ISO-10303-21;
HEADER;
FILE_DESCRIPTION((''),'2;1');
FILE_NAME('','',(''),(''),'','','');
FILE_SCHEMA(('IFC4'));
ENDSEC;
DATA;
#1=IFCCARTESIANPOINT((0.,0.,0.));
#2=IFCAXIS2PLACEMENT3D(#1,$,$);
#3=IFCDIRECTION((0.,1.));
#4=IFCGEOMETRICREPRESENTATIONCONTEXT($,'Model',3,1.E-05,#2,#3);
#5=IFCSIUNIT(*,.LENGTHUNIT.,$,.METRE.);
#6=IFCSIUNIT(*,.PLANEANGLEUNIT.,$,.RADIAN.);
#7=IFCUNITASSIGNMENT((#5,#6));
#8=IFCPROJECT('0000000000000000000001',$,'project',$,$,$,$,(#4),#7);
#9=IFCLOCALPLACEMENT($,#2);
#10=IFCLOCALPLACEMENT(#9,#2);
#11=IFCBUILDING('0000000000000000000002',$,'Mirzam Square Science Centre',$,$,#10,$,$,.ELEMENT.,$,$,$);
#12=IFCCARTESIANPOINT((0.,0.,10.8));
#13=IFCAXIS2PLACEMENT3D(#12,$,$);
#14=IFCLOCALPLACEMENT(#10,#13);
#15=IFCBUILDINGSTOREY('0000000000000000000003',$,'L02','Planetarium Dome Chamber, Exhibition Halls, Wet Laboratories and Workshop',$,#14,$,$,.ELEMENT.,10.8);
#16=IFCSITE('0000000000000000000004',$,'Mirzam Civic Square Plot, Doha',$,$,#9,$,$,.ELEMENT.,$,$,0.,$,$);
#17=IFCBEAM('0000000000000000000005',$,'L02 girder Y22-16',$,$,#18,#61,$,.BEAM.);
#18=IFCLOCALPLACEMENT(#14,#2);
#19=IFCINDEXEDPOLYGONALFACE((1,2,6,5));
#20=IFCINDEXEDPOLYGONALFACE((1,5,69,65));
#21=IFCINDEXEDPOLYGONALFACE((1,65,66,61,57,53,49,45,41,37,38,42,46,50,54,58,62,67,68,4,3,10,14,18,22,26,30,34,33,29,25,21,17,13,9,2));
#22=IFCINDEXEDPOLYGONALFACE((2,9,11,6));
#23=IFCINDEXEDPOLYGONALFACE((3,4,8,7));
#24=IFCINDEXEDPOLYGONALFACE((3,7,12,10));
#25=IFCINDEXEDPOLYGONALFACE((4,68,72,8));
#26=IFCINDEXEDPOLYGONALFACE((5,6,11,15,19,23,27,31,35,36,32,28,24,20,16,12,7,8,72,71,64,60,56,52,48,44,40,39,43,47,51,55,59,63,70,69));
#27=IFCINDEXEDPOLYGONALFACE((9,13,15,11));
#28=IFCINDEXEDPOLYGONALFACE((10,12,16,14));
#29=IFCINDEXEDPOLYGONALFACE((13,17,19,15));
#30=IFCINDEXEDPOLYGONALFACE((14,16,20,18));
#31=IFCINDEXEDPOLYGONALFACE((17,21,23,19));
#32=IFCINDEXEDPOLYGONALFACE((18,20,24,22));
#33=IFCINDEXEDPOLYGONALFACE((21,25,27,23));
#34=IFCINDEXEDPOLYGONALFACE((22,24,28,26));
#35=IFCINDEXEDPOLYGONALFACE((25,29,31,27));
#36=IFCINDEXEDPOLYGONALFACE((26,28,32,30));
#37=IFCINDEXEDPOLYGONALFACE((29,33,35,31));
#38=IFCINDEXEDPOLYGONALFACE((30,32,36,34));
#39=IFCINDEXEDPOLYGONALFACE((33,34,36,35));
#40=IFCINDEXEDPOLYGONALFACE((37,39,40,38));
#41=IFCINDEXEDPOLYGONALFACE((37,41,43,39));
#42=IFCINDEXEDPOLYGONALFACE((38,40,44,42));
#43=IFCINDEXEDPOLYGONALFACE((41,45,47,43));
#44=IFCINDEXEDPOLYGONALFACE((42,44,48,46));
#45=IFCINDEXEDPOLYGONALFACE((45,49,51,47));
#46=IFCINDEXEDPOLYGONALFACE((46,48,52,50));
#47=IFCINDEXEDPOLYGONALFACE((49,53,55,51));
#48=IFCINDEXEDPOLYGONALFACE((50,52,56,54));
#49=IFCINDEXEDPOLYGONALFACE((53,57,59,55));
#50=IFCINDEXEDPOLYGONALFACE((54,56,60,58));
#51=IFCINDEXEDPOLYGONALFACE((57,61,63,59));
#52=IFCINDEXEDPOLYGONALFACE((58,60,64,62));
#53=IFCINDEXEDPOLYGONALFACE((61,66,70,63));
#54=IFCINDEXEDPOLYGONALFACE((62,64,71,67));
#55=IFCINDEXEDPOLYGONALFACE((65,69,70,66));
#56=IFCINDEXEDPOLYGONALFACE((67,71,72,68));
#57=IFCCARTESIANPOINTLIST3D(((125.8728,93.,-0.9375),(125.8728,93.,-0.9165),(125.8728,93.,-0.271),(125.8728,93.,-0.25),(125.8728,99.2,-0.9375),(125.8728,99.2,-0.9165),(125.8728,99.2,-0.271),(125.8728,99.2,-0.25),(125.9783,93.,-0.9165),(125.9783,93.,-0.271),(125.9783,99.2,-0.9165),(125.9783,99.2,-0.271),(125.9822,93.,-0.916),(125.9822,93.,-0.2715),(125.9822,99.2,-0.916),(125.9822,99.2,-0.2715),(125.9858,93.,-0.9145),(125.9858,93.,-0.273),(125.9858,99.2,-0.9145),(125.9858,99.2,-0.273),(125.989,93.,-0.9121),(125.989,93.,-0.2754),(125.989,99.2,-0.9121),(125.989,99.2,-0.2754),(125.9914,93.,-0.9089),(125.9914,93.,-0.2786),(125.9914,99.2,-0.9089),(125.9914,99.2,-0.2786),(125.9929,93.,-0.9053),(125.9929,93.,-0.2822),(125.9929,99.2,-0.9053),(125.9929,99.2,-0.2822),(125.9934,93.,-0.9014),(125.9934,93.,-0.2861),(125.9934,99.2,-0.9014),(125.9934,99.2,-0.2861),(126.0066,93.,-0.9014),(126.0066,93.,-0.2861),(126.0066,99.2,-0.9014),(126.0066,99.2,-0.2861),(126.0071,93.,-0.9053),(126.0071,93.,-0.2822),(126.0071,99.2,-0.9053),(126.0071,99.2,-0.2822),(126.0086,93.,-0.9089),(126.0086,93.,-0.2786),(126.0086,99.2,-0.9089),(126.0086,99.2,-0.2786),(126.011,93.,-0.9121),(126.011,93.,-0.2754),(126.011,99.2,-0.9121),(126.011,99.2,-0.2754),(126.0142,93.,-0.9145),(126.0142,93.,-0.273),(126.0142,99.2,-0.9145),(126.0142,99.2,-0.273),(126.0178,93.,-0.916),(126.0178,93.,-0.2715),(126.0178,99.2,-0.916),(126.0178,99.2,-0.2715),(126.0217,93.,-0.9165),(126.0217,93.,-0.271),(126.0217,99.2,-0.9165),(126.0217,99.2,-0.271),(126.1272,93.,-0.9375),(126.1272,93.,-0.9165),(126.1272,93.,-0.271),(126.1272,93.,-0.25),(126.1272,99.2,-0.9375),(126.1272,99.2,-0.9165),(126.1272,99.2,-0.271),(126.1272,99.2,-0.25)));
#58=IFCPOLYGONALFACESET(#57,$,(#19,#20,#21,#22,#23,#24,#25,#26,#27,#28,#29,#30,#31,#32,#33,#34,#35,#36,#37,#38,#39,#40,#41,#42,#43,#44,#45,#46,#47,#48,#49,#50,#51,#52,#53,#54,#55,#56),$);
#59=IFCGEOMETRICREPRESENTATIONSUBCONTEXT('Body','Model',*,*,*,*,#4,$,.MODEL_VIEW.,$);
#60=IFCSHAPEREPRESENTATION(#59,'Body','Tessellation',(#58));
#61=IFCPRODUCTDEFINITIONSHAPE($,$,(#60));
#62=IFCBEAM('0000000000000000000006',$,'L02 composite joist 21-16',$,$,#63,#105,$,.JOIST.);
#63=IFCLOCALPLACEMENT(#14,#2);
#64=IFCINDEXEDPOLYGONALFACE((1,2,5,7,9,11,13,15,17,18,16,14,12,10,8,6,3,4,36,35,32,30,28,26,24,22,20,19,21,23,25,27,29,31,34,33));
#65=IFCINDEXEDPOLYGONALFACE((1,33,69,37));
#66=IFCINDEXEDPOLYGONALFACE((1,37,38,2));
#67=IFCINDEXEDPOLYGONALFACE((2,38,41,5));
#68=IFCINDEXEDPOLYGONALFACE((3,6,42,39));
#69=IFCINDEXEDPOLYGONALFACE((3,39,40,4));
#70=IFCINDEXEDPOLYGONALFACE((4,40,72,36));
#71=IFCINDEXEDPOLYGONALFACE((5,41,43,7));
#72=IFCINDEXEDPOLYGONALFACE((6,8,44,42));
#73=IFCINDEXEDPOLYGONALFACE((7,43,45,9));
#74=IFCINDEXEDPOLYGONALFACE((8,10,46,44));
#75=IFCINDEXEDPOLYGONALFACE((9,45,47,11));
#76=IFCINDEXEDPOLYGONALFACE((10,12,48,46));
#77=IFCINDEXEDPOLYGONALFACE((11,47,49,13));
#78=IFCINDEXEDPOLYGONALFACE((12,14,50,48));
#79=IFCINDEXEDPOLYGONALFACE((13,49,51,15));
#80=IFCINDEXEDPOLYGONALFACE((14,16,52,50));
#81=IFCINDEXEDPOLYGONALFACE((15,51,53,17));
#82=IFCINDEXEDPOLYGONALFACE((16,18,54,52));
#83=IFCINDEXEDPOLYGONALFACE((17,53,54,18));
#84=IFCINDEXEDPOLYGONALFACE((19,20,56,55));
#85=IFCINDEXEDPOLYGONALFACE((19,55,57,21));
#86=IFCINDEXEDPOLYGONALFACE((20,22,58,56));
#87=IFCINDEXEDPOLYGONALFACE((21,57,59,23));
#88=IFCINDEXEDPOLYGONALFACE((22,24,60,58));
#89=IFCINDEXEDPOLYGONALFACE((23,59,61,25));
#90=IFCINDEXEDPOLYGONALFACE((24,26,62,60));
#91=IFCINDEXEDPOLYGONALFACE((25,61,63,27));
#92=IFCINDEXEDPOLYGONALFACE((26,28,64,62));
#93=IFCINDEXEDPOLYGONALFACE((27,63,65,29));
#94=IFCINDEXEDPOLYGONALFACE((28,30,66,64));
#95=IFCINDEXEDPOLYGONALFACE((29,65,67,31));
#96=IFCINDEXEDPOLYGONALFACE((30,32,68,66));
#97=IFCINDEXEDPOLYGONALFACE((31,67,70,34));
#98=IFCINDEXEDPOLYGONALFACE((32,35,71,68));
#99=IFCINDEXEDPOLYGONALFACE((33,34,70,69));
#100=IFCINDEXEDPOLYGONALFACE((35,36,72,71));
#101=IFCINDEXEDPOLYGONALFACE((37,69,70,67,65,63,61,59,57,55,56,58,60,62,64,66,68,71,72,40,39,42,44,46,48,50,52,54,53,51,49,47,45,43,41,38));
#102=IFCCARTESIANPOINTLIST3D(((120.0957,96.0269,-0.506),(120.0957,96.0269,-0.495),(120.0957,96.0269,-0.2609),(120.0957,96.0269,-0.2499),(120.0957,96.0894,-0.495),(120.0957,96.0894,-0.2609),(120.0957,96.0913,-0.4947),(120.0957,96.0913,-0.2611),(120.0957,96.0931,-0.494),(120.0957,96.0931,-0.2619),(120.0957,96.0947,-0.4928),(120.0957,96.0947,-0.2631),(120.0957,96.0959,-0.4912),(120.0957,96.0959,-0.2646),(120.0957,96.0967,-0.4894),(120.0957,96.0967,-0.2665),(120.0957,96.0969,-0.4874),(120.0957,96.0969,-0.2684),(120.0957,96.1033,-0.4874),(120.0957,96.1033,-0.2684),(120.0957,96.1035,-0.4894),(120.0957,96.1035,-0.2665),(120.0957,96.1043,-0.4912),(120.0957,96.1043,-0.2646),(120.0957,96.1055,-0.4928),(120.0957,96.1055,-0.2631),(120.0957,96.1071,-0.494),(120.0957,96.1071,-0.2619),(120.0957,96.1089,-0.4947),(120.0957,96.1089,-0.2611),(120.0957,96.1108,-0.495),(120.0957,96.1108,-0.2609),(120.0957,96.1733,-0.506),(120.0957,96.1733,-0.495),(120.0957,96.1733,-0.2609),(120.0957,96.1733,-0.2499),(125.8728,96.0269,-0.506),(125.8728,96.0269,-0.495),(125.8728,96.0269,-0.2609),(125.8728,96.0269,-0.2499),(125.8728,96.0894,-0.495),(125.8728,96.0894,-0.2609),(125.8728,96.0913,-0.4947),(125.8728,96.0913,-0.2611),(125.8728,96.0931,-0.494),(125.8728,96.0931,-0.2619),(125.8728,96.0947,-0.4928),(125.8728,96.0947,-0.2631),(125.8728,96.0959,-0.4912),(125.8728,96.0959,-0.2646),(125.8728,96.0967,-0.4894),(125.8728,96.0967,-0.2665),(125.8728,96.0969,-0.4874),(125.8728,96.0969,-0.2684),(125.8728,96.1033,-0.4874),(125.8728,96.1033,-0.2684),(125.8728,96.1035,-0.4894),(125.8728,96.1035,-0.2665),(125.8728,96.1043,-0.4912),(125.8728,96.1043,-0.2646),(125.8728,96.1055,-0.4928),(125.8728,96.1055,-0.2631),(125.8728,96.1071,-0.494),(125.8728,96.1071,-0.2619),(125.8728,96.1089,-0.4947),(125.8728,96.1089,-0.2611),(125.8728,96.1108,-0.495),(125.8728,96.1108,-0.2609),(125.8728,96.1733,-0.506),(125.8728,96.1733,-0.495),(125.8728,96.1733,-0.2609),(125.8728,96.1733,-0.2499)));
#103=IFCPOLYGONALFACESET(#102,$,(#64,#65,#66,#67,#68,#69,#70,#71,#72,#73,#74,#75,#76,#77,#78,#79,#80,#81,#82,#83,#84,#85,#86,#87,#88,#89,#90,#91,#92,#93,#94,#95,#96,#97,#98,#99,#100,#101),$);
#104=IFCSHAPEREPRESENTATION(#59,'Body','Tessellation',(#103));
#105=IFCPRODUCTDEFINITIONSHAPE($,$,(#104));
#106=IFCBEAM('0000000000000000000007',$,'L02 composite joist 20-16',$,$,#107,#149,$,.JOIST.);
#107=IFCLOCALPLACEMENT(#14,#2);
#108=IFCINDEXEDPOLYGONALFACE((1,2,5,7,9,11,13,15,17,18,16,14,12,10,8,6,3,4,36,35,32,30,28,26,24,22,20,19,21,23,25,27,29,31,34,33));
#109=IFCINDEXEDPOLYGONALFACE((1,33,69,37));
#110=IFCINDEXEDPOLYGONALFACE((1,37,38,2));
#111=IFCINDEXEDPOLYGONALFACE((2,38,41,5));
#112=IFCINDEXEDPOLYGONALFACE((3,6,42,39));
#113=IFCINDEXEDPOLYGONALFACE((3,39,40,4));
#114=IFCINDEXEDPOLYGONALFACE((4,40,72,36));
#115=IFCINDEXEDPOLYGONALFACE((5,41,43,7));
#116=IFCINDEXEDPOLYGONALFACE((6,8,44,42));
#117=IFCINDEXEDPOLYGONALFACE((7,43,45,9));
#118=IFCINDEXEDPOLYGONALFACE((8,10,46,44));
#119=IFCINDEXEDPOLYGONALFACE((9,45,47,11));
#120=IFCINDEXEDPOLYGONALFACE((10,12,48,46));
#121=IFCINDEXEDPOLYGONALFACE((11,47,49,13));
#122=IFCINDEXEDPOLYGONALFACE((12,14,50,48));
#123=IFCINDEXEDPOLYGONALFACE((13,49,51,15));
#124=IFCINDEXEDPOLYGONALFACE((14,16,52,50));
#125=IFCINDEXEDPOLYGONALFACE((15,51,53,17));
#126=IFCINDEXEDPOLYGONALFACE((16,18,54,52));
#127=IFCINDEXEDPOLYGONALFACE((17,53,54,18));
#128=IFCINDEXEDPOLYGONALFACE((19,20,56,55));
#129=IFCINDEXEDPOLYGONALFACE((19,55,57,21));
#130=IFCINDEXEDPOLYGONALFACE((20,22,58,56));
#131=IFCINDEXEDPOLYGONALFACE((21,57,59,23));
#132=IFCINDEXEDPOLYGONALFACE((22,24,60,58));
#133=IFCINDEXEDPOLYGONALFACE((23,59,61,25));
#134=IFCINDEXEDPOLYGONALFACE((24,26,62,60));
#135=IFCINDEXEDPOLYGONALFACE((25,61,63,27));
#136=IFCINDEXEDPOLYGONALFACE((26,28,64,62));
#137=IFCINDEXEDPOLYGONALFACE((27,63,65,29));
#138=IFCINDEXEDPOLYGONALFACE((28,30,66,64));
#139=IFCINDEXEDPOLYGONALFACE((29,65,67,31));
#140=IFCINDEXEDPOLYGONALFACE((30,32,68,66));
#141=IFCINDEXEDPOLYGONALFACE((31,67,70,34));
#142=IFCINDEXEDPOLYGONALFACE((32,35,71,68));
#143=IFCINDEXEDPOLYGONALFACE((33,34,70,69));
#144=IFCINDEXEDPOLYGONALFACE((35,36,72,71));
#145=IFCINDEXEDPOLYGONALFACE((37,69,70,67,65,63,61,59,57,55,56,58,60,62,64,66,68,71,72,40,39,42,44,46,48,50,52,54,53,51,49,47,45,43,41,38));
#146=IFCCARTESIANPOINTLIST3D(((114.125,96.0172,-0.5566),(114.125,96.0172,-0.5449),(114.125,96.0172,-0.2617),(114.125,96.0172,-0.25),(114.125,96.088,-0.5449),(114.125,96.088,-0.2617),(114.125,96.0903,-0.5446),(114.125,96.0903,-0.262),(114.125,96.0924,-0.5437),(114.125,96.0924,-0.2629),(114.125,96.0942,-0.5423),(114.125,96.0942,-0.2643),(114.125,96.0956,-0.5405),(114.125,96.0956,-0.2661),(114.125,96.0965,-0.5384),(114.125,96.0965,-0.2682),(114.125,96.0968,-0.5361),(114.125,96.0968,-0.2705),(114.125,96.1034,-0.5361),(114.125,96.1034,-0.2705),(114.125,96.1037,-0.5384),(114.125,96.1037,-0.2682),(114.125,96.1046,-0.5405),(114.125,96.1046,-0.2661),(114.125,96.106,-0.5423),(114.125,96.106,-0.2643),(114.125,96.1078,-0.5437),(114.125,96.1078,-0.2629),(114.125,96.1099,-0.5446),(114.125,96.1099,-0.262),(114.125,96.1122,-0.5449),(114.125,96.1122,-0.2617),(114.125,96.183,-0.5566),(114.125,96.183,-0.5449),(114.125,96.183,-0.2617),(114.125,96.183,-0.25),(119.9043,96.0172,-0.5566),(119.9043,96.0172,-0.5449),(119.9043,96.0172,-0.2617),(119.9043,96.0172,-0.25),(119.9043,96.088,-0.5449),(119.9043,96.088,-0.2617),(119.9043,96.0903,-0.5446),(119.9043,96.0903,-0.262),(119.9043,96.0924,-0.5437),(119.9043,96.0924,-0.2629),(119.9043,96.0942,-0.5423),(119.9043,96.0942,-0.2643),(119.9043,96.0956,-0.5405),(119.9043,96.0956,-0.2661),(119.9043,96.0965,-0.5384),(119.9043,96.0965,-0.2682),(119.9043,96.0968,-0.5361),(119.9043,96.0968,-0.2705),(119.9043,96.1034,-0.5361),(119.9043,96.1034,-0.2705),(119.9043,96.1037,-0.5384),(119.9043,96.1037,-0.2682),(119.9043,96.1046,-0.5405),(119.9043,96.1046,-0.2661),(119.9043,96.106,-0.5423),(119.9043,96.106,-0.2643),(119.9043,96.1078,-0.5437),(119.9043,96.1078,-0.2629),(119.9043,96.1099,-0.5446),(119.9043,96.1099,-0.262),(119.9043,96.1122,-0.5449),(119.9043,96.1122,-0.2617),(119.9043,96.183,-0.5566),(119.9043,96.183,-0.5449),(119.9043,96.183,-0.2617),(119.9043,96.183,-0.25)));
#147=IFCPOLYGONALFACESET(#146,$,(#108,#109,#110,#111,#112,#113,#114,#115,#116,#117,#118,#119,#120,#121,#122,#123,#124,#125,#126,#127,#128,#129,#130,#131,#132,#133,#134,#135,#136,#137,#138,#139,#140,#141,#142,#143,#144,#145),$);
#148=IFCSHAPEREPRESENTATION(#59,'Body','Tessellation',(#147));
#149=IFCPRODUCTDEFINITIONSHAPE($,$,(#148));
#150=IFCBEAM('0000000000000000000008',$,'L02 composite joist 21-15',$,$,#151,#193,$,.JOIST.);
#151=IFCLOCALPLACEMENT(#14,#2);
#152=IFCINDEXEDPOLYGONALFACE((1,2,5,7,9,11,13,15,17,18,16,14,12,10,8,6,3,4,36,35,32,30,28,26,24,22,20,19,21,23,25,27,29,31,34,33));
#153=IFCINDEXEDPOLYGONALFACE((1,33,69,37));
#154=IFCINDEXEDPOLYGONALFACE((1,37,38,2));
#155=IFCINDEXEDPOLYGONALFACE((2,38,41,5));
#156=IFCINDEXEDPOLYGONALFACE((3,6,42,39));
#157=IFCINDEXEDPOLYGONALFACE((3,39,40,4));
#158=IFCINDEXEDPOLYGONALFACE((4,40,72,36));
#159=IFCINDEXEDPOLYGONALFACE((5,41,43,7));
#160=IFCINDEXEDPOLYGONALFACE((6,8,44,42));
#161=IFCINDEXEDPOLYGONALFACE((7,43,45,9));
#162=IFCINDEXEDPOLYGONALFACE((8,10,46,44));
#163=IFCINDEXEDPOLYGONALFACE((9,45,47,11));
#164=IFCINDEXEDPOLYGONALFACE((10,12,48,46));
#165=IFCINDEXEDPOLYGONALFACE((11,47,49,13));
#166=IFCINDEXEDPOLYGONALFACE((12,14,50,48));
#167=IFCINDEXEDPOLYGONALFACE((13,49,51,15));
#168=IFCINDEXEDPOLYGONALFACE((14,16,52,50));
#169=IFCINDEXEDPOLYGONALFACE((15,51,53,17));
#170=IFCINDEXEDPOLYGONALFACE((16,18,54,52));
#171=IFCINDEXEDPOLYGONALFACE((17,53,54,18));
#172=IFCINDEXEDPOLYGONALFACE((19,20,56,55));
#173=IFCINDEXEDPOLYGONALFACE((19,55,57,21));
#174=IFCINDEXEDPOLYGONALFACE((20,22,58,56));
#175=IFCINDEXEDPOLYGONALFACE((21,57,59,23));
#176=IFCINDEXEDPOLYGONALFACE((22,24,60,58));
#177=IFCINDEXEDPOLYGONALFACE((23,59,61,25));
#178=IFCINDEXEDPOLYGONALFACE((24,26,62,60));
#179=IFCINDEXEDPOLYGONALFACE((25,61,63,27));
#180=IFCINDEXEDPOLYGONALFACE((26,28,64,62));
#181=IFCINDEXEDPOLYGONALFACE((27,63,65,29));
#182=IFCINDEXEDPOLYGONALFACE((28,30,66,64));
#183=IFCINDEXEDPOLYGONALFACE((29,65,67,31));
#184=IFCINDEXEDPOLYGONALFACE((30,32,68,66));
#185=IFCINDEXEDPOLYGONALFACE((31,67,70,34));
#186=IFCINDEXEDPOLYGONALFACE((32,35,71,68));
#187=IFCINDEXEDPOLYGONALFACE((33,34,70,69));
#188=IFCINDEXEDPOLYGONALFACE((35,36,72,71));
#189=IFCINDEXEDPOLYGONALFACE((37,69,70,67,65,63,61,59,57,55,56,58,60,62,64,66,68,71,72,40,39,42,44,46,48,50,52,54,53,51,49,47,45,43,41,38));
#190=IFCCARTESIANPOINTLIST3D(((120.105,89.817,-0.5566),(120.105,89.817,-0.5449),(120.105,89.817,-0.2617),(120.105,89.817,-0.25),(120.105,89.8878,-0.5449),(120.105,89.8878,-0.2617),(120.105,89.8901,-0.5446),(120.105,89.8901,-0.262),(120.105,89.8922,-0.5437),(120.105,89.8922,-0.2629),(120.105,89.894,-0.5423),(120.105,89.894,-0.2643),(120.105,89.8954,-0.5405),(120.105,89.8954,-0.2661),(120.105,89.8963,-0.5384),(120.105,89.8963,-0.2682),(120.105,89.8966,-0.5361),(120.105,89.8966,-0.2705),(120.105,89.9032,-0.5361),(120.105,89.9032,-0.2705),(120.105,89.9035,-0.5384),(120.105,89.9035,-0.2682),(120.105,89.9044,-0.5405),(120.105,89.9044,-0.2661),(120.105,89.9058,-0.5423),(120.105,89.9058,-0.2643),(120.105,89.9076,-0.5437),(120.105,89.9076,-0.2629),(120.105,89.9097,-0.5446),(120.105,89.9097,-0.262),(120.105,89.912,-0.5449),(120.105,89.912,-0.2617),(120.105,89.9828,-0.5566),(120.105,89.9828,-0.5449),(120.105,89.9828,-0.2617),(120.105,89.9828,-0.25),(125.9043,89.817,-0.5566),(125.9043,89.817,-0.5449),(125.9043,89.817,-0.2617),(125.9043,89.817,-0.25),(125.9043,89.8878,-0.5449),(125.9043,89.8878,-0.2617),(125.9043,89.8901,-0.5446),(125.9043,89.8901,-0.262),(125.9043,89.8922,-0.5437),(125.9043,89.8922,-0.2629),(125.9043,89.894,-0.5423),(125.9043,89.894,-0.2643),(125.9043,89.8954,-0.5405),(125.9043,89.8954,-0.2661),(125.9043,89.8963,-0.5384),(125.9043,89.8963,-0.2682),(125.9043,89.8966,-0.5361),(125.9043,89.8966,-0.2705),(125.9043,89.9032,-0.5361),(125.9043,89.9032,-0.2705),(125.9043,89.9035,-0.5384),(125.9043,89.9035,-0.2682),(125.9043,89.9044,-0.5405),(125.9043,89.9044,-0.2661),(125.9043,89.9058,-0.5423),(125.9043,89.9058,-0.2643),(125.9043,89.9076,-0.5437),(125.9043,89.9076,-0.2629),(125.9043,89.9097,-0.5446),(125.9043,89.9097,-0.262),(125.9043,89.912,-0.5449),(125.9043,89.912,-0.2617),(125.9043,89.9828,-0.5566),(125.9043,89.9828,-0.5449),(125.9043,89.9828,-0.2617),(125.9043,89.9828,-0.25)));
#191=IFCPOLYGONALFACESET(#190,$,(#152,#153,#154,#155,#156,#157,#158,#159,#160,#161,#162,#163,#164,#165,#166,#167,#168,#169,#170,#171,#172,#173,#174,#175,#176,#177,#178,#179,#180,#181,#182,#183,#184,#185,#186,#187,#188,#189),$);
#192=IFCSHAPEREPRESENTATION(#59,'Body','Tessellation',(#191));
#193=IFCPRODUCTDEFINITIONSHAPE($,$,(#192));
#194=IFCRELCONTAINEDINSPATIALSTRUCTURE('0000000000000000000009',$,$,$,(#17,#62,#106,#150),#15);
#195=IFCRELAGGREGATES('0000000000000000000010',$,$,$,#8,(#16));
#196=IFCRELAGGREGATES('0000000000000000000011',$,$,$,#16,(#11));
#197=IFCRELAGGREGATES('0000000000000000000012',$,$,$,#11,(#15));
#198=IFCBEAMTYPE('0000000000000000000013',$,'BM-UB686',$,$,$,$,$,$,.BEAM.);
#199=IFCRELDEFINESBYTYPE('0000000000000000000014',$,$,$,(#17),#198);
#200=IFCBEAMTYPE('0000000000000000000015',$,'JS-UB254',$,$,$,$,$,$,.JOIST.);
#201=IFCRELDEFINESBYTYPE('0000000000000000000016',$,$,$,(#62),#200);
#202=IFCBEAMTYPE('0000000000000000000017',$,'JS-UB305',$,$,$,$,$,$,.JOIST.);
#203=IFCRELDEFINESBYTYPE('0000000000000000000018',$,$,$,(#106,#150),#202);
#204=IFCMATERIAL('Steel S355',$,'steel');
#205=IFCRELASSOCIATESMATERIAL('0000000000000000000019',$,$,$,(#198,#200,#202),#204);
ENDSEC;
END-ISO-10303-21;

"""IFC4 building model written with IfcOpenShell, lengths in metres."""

from ifc_helpers import new_model, si_unit, direction, frame, origin, origin_2d, place, context, subcontext, project, spatial, i_section, extrude, material, material_profile, profile_set, type_object, element, save


model = new_model("IFC4")

# Units and contexts
model_context = context("Model", 3, precision=1e-05, world=origin(), true_north=direction((0.0, 1.0)))
body_context = subcontext(model_context, "Body", "Model", "MODEL_VIEW")
ifc_project = project(units=[si_unit("LENGTHUNIT", "METRE"), si_unit("PLANEANGLEUNIT", "RADIAN")], contexts=[model_context])

# Site, building, storey
site_placement = place(None, origin())
site = spatial("IfcSite", under=ifc_project, at=site_placement, Name="Mirzam Civic Square Plot, Doha", CompositionType="ELEMENT", RefElevation=0.0)
building_placement = place(site_placement, origin())
building = spatial("IfcBuilding", under=site, at=building_placement, Name="Mirzam Square Science Centre", CompositionType="ELEMENT")
storey_placement = place(building_placement, frame((0.0, 0.0, 10.8)))
storey = spatial("IfcBuildingStorey", under=building, at=storey_placement, Name="L02", Description="Planetarium Dome Chamber, Exhibition Halls, Wet Laboratories and Workshop", CompositionType="ELEMENT", Elevation=10.8)

# Shared definitions
ifc_material_1 = material(Name="Steel S355", Category="steel")

# Beams
ifc_material_profile_1 = material_profile(ifc_material_1, i_section(OverallWidth=0.2544, OverallDepth=0.6875, WebThickness=0.0132, FlangeThickness=0.021, FilletRadius=0.0151, at=origin_2d()), Name="686x254x152UB")
ifc_profile_set_1 = profile_set([ifc_material_profile_1], Name="Steel S355")
beam_type_1 = type_object("IfcBeamType", Name="BM-UB686", PredefinedType="BEAM", material=ifc_profile_set_1)
for number, where, z_axis, x_axis, name in (
    (1, (126.0, 93.0, -0.5938), (0.0, 1.0, 0.0), (-1.0, 0.0, 0.0), "L02 girder Y22-16"),
):
    element("IfcBeam", number, at=place(storey_placement, frame(where, z_axis=z_axis, x_axis=x_axis)), inside=storey, type_object=beam_type_1, Name=name, PredefinedType="BEAM", context=body_context, shape_type="SweptSolid", body=[
        extrude(i_section(OverallWidth=0.2544, OverallDepth=0.6875, WebThickness=0.0132, FlangeThickness=0.021, FilletRadius=0.0151, at=origin_2d()), origin(), (0.0, 0.0, 1.0), 6.2),
    ])
ifc_material_profile_2 = material_profile(ifc_material_1, i_section(OverallWidth=0.1465, OverallDepth=0.2561, WebThickness=0.0063, FlangeThickness=0.011, FilletRadius=0.0076, at=origin_2d()), Name="254x146x37UB")
ifc_profile_set_2 = profile_set([ifc_material_profile_2], Name="Steel S355")
beam_type_2 = type_object("IfcBeamType", Name="JS-UB254", PredefinedType="JOIST", material=ifc_profile_set_2)
beam_1_placement = place(storey_placement, frame((120.0957, 96.1001, -0.3779), z_axis=(1.0, 0.0, 0.0), x_axis=(0.0, 1.0, 0.0)))
element("IfcBeam", 2, at=beam_1_placement, inside=storey, type_object=beam_type_2, Name="L02 composite joist 21-16", PredefinedType="JOIST", context=body_context, shape_type="SweptSolid", body=[
    extrude(i_section(OverallWidth=0.1465, OverallDepth=0.2561, WebThickness=0.0063, FlangeThickness=0.011, FilletRadius=0.0076, at=origin_2d()), origin(), (0.0, 0.0, 1.0), 5.7771),
])
ifc_material_profile_3 = material_profile(ifc_material_1, i_section(OverallWidth=0.1658, OverallDepth=0.3066, WebThickness=0.0066, FlangeThickness=0.0117, FilletRadius=0.0088, at=origin_2d()), Name="305x165x46UB")
ifc_profile_set_3 = profile_set([ifc_material_profile_3], Name="Steel S355")
beam_type_3 = type_object("IfcBeamType", Name="JS-UB305", PredefinedType="JOIST", material=ifc_profile_set_3)
beam_2_placement = place(storey_placement, frame((114.125, 96.1001, -0.4033), z_axis=(1.0, 0.0, 0.0), x_axis=(0.0, 1.0, 0.0)))
element("IfcBeam", 3, at=beam_2_placement, inside=storey, type_object=beam_type_3, Name="L02 composite joist 20-16", PredefinedType="JOIST", context=body_context, shape_type="SweptSolid", body=[
    extrude(i_section(OverallWidth=0.1658, OverallDepth=0.3066, WebThickness=0.0066, FlangeThickness=0.0117, FilletRadius=0.0088, at=origin_2d()), origin(), (0.0, 0.0, 1.0), 5.7793),
])
beam_3_placement = place(storey_placement, frame((120.105, 89.8999, -0.4033), z_axis=(1.0, 0.0, 0.0), x_axis=(0.0, 1.0, 0.0)))
element("IfcBeam", 4, at=beam_3_placement, inside=storey, type_object=beam_type_3, Name="L02 composite joist 21-15", PredefinedType="JOIST", context=body_context, shape_type="SweptSolid", body=[
    extrude(i_section(OverallWidth=0.1658, OverallDepth=0.3066, WebThickness=0.0066, FlangeThickness=0.0117, FilletRadius=0.0088, at=origin_2d()), origin(), (0.0, 0.0, 1.0), 5.7993),
])

save(model, "model.ifc")
